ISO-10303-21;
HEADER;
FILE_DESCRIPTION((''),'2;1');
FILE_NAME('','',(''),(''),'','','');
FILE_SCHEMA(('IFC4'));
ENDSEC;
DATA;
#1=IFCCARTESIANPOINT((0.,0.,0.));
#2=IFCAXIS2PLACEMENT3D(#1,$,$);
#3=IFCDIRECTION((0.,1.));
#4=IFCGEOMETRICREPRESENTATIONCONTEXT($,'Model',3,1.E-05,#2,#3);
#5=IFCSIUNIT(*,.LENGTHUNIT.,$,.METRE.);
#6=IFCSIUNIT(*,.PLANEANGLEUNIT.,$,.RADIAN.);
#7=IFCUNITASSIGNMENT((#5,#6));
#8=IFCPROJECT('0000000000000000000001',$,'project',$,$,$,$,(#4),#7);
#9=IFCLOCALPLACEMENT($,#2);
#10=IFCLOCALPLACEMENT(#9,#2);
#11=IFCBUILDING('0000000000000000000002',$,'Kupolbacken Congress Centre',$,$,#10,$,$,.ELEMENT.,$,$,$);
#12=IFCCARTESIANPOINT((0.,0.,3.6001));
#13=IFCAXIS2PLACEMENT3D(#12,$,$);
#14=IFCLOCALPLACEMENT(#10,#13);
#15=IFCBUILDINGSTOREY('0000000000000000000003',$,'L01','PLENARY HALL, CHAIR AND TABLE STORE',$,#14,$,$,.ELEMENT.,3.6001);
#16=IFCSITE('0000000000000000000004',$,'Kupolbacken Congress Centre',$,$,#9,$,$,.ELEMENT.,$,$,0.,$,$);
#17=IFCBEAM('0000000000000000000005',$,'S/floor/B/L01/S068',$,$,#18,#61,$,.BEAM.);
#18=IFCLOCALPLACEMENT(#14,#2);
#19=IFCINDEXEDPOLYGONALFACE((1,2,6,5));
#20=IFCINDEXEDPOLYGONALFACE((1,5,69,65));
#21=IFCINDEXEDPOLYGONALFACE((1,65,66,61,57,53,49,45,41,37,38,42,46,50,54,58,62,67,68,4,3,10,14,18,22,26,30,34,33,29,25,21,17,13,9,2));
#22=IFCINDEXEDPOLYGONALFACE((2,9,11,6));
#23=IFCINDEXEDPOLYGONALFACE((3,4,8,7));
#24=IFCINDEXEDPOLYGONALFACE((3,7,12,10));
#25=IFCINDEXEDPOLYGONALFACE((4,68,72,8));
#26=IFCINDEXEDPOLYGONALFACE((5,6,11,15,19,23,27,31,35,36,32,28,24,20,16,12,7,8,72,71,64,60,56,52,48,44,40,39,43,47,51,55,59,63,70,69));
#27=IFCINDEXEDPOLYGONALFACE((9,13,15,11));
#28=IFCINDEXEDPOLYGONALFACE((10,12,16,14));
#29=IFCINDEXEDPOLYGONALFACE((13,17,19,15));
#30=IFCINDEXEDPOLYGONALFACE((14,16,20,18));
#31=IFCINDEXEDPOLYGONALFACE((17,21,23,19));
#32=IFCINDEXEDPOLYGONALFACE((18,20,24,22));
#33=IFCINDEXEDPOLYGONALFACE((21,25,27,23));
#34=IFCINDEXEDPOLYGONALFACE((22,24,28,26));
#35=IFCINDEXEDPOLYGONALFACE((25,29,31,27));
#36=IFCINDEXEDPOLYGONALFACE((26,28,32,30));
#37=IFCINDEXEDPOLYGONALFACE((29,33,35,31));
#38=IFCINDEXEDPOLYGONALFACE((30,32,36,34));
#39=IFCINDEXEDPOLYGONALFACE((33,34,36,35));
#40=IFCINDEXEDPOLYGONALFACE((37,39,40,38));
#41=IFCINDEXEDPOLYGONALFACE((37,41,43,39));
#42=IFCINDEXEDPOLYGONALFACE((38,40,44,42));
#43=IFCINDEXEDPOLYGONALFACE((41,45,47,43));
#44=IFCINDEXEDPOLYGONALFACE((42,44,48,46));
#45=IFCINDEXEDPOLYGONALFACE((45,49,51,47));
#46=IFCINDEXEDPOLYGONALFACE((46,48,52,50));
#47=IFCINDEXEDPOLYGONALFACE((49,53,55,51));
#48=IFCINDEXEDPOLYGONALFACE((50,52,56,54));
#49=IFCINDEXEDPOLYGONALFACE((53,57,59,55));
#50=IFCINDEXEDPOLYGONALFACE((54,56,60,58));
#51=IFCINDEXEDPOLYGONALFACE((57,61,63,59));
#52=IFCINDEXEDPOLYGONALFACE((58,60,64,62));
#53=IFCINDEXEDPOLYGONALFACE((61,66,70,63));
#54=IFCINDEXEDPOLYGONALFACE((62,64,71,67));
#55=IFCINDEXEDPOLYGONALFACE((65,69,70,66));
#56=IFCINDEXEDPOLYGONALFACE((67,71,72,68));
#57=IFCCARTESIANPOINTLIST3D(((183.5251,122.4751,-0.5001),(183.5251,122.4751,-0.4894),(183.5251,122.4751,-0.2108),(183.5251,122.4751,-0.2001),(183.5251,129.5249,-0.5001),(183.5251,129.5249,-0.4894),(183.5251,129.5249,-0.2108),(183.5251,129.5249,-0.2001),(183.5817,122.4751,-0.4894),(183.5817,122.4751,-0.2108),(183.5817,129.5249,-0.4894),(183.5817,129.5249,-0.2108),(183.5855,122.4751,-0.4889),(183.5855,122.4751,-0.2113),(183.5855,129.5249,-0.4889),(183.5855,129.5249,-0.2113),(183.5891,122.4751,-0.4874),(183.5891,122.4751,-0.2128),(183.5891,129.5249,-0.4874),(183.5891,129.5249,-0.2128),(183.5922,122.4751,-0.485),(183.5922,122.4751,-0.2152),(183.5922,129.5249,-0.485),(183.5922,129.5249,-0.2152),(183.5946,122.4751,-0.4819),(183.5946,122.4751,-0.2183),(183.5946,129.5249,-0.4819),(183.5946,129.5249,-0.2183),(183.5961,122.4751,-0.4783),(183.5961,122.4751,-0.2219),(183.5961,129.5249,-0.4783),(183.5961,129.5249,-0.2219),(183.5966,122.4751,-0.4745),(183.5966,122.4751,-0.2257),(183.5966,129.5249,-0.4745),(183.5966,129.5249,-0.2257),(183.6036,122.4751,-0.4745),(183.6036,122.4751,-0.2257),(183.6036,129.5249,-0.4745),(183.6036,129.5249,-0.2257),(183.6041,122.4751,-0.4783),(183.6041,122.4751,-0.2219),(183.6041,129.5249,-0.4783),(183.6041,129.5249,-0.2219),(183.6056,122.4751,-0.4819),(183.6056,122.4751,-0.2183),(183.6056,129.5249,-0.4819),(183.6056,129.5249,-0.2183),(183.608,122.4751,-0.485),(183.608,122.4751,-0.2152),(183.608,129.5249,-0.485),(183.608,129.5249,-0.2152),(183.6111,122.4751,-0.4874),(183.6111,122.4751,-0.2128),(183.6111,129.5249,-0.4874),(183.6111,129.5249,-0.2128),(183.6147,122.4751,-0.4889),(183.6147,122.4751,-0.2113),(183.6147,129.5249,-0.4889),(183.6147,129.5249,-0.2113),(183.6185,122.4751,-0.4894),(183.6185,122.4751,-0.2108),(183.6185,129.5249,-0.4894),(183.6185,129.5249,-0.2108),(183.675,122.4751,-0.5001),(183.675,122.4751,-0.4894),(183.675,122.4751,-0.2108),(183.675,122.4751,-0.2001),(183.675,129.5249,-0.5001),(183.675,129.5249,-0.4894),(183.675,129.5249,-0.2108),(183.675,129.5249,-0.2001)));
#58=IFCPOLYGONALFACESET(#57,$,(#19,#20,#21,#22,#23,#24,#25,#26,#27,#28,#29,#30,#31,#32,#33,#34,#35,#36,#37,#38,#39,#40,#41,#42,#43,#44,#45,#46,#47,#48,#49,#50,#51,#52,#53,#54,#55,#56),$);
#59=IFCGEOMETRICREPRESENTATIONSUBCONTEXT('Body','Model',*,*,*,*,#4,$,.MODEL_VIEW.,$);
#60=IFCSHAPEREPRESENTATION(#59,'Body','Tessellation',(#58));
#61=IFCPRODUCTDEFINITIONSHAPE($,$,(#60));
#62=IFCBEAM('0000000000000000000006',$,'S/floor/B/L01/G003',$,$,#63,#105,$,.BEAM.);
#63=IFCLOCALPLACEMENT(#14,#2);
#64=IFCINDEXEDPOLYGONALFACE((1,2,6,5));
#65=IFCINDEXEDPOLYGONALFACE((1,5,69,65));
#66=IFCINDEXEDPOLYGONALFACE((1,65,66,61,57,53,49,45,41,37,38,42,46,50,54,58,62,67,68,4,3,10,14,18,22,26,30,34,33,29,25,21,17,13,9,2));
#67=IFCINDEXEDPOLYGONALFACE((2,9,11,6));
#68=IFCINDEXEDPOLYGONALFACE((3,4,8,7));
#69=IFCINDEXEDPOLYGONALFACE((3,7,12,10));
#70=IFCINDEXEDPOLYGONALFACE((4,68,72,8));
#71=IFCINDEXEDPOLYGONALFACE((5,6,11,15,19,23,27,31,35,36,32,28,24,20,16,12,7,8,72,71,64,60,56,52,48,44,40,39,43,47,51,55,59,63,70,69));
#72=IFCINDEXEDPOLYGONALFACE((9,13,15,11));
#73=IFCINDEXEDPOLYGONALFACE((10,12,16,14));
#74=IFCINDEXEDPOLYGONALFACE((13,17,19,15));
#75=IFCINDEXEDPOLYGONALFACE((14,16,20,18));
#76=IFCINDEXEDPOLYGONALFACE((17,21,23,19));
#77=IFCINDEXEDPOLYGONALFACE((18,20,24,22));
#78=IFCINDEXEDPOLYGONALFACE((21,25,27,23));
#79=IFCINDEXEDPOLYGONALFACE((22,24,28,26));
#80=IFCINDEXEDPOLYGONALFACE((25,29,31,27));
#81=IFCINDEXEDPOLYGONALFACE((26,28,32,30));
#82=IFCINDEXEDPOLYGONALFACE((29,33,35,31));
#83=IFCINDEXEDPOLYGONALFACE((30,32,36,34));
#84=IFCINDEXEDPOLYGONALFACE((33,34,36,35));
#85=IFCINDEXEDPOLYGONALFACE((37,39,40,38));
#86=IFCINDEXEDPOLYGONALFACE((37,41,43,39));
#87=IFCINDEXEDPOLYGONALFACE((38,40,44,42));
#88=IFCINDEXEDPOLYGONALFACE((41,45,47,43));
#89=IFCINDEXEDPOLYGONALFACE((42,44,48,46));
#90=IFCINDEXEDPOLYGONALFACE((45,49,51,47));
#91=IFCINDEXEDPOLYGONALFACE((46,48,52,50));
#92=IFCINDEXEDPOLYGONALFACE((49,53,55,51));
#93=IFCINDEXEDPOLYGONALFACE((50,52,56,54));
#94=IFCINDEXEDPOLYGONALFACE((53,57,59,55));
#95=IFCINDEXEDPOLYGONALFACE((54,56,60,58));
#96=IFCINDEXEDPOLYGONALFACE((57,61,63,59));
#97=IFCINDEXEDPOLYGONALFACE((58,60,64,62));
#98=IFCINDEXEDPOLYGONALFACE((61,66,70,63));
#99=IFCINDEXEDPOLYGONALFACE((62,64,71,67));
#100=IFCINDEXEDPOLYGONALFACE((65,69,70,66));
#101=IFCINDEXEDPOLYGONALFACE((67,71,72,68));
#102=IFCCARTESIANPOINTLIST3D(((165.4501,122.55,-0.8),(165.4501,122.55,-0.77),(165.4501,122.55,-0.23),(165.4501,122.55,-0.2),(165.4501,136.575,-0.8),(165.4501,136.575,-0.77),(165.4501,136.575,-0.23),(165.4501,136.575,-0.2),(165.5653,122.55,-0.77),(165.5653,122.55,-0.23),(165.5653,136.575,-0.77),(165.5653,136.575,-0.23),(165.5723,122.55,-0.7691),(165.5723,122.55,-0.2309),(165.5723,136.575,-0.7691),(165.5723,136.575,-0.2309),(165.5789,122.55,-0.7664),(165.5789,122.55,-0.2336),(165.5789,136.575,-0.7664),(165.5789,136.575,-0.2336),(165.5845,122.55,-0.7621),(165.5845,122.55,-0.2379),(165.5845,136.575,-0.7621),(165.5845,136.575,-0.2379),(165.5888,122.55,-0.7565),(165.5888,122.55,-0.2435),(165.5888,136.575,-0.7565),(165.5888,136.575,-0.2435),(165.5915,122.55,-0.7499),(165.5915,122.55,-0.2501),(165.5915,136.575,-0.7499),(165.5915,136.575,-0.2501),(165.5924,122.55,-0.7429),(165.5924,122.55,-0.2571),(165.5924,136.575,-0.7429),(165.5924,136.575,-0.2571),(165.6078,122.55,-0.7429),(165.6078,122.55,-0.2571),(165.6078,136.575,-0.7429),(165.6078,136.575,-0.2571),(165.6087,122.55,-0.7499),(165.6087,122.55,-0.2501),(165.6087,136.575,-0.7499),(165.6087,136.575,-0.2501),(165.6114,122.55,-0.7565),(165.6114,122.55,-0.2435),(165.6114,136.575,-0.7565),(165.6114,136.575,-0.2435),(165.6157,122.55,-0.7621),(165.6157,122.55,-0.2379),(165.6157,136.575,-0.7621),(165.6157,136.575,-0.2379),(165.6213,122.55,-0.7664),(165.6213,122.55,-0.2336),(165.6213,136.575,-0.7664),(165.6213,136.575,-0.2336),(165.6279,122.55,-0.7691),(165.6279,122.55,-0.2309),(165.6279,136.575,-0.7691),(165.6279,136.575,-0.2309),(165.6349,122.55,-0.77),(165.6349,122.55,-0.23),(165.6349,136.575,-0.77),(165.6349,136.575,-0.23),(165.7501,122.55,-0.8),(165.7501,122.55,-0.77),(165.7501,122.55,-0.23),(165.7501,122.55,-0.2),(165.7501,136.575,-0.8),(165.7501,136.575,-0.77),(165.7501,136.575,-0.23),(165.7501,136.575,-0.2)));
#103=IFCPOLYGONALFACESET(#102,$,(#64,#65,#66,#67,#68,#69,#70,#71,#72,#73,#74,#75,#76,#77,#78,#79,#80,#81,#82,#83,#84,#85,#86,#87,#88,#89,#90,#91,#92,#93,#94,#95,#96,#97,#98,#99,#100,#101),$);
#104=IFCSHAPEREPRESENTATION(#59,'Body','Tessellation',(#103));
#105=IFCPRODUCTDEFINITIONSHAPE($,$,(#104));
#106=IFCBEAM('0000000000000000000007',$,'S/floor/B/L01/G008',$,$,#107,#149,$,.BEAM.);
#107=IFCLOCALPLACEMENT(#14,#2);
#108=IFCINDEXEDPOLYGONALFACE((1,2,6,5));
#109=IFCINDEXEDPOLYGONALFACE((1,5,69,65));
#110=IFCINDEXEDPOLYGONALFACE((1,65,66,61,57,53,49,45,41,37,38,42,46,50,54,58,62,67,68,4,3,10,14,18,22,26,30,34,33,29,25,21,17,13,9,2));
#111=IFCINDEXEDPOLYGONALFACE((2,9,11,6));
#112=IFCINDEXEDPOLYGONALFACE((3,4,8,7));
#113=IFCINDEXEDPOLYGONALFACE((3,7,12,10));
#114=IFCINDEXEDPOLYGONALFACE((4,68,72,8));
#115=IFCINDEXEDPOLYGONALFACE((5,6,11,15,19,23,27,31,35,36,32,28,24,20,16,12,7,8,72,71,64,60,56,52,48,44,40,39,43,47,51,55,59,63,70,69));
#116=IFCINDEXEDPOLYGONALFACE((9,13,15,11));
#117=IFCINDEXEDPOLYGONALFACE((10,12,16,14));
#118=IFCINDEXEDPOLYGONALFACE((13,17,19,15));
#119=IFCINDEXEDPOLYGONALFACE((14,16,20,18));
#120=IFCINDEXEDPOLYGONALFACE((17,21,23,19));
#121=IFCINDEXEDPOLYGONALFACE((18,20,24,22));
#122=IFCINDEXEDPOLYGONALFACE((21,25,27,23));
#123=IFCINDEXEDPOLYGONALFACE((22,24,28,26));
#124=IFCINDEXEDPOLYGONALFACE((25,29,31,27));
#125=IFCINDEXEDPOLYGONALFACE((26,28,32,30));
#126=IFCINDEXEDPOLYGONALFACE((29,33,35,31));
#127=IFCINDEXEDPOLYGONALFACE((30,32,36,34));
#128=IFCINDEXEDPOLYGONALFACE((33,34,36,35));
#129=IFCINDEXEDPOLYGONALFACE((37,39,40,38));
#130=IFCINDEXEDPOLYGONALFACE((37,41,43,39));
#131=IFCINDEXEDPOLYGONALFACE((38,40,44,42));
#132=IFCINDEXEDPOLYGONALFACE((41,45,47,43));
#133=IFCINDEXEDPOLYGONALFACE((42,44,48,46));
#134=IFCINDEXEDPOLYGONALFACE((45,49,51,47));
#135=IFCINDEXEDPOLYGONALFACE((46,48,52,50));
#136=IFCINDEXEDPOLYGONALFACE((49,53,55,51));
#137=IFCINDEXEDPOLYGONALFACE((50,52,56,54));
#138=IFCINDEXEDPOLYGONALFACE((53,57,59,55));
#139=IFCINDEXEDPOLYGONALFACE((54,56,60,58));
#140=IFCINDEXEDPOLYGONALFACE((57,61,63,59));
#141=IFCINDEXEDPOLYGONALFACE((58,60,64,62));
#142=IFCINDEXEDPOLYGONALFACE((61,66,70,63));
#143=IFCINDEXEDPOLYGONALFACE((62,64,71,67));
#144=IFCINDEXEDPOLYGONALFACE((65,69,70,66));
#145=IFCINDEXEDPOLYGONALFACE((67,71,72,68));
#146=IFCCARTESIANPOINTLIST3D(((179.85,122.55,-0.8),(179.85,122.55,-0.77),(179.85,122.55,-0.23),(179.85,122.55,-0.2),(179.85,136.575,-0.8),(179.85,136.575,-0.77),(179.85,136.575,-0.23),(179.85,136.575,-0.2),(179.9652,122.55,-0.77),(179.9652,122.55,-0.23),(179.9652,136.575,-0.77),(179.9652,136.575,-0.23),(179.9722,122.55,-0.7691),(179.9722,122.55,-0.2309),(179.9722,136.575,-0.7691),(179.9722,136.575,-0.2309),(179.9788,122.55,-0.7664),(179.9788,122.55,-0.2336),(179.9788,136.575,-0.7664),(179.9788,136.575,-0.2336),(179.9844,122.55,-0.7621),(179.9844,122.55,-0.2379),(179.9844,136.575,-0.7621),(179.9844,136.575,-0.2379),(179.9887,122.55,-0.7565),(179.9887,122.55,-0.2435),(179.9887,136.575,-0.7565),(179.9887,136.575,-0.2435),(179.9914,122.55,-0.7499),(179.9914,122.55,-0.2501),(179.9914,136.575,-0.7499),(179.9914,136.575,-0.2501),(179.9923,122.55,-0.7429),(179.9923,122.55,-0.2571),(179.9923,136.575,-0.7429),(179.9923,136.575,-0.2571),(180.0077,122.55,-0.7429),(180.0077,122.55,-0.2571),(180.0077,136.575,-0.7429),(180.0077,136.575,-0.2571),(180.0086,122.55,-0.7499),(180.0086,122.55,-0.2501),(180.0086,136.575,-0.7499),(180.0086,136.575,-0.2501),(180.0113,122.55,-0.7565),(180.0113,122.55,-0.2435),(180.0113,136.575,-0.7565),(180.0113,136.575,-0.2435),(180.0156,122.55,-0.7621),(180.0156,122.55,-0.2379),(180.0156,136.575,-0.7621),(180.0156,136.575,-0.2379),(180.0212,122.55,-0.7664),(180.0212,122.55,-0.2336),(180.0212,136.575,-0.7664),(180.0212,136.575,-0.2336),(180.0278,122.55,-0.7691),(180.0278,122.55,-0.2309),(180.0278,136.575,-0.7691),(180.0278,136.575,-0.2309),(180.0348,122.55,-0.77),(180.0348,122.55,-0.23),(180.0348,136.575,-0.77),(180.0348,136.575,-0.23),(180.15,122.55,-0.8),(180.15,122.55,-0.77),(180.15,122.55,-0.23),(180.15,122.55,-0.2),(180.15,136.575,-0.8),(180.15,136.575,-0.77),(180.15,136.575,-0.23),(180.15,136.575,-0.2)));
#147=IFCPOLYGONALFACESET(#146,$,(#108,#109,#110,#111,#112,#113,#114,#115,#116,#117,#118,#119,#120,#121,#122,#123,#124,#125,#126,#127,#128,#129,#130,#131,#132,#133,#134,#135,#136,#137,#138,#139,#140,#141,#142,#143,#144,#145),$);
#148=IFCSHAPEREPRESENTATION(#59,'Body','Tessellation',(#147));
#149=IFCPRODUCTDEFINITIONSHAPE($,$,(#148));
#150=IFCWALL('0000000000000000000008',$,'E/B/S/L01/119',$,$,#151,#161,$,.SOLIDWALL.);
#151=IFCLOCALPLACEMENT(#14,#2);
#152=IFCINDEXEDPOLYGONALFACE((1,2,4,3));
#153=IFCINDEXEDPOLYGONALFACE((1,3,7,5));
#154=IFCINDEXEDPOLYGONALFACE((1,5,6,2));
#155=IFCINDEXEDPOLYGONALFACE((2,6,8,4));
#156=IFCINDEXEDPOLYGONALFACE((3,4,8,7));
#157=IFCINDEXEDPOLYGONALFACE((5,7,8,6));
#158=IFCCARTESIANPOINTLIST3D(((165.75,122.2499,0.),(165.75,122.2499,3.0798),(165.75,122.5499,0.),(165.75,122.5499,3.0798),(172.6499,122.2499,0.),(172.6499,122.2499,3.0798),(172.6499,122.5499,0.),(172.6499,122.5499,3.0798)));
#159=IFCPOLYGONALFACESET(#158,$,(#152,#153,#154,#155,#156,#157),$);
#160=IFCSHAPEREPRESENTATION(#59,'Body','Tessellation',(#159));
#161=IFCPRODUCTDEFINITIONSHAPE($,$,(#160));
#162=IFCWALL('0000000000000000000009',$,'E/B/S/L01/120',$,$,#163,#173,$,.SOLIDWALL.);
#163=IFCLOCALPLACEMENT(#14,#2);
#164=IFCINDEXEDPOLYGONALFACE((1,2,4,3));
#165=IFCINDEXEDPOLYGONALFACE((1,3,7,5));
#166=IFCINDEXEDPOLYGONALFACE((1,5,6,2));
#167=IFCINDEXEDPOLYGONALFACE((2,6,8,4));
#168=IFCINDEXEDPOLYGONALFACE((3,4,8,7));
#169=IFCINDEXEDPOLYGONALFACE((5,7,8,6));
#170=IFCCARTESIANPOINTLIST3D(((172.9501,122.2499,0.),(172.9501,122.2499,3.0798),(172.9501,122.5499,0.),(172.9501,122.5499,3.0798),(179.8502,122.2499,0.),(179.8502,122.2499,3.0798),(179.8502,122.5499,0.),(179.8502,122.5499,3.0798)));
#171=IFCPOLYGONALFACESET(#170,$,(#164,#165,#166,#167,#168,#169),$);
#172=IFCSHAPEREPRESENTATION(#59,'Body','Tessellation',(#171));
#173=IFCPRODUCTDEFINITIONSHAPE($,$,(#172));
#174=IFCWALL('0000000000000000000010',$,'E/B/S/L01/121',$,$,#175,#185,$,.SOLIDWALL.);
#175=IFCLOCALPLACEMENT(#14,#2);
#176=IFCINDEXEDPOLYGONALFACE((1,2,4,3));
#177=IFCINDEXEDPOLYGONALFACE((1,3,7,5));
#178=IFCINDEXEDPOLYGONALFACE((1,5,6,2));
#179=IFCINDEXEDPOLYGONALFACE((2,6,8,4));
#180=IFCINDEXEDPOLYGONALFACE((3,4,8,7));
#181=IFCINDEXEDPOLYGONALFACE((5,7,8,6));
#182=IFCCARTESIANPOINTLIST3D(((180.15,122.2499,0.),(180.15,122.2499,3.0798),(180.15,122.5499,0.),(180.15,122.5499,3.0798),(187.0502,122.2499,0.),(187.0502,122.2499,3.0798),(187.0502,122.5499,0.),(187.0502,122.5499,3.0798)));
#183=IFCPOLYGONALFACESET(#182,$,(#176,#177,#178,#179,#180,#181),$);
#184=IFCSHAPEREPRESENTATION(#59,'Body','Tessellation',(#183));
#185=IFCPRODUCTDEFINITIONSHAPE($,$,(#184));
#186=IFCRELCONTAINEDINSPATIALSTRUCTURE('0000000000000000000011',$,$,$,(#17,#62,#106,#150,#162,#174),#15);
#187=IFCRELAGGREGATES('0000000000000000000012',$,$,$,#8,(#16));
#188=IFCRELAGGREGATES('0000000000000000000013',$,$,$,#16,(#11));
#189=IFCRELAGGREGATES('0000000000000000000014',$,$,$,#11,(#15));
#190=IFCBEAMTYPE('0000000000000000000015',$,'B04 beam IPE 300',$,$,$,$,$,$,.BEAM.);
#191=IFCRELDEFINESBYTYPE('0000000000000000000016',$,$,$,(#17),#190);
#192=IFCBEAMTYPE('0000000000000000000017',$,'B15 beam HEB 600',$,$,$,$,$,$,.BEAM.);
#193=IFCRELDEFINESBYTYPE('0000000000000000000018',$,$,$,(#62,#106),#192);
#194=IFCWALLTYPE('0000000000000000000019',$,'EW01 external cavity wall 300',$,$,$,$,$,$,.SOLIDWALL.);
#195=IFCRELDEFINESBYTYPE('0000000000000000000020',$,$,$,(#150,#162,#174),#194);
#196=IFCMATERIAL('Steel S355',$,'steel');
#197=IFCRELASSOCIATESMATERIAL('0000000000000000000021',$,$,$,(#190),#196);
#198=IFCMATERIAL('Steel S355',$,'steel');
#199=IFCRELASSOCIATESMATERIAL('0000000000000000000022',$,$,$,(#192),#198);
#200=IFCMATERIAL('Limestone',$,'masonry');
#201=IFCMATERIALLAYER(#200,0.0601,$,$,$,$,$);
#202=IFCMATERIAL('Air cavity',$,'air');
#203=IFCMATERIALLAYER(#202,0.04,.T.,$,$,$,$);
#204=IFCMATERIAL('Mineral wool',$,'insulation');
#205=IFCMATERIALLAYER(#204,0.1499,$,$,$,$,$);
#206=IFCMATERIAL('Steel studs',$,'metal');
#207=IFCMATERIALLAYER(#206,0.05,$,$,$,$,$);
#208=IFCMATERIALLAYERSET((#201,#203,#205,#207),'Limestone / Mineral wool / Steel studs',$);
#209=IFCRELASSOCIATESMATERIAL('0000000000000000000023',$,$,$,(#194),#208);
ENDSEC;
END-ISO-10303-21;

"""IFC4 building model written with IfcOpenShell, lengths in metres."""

from ifc_helpers import new_model, si_unit, direction, frame, frame_2d, origin, origin_2d, place, context, subcontext, project, spatial, rectangle, i_section, extrude, material, layer, layer_set, material_profile, profile_set, type_object, element, save


model = new_model("IFC4")

# Units and contexts
model_context = context("Model", 3, precision=1e-05, world=origin(), true_north=direction((0.0, 1.0)))
body_context = subcontext(model_context, "Body", "Model", "MODEL_VIEW")
ifc_project = project(units=[si_unit("LENGTHUNIT", "METRE"), si_unit("PLANEANGLEUNIT", "RADIAN")], contexts=[model_context])

# Site, building, storey
site_placement = place(None, origin())
site = spatial("IfcSite", under=ifc_project, at=site_placement, Name="Kupolbacken Congress Centre", CompositionType="ELEMENT", RefElevation=0.0)
building_placement = place(site_placement, origin())
building = spatial("IfcBuilding", under=site, at=building_placement, Name="Kupolbacken Congress Centre", CompositionType="ELEMENT")
storey_placement = place(building_placement, frame((0.0, 0.0, 3.6001)))
storey = spatial("IfcBuildingStorey", under=building, at=storey_placement, Name="L01", Description="PLENARY HALL, CHAIR AND TABLE STORE", CompositionType="ELEMENT", Elevation=3.6001)

# Beams
ifc_material_1 = material(Name="Steel S355", Category="steel")
ifc_material_profile_1 = material_profile(ifc_material_1, i_section(OverallWidth=0.1499, OverallDepth=0.3, WebThickness=0.0071, FlangeThickness=0.0107, FilletRadius=0.0149, at=origin_2d()), Name="IPE 300")
ifc_profile_set_1 = profile_set([ifc_material_profile_1], Name="Steel S355")
beam_type_1 = type_object("IfcBeamType", Name="B04 beam IPE 300", PredefinedType="BEAM", material=ifc_profile_set_1)
for number, where, z_axis, x_axis, name in (
    (1, (183.6001, 122.4751, -0.3501), (0.0, 1.0, 0.0), (-1.0, 0.0, 0.0), "S/floor/B/L01/S068"),
):
    element("IfcBeam", number, at=place(storey_placement, frame(where, z_axis=z_axis, x_axis=x_axis)), inside=storey, type_object=beam_type_1, Name=name, PredefinedType="BEAM", context=body_context, shape_type="SweptSolid", body=[
        extrude(i_section(OverallWidth=0.1499, OverallDepth=0.3, WebThickness=0.0071, FlangeThickness=0.0107, FilletRadius=0.0149, at=origin_2d()), origin(), (0.0, 0.0, 1.0), 7.0498),
    ])
ifc_material_2 = material(Name="Steel S355", Category="steel")
ifc_material_profile_2 = material_profile(ifc_material_2, i_section(OverallWidth=0.3, OverallDepth=0.6001, WebThickness=0.0154, FlangeThickness=0.03, FilletRadius=0.0271, at=origin_2d()), Name="HEB 600")
ifc_profile_set_2 = profile_set([ifc_material_profile_2], Name="Steel S355")
beam_type_2 = type_object("IfcBeamType", Name="B15 beam HEB 600", PredefinedType="BEAM", material=ifc_profile_set_2)
for number, where, z_axis, x_axis, name in (
    (2, (165.6001, 122.55, -0.5), (0.0, 1.0, 0.0), (-1.0, 0.0, 0.0), "S/floor/B/L01/G003"),
    (3, (180.0, 122.55, -0.5), (0.0, 1.0, 0.0), (-1.0, 0.0, 0.0), "S/floor/B/L01/G008"),
):
    element("IfcBeam", number, at=place(storey_placement, frame(where, z_axis=z_axis, x_axis=x_axis)), inside=storey, type_object=beam_type_2, Name=name, PredefinedType="BEAM", context=body_context, shape_type="SweptSolid", body=[
        extrude(i_section(OverallWidth=0.3, OverallDepth=0.6001, WebThickness=0.0154, FlangeThickness=0.03, FilletRadius=0.0271, at=origin_2d()), origin(), (0.0, 0.0, 1.0), 14.0249),
    ])

# Walls
ifc_material_3 = material(Name="Limestone", Category="masonry")
ifc_layer_1 = layer(ifc_material_3, 0.0601)
ifc_material_4 = material(Name="Air cavity", Category="air")
ifc_layer_2 = layer(ifc_material_4, 0.04, ventilated=True)
ifc_material_5 = material(Name="Mineral wool", Category="insulation")
ifc_layer_3 = layer(ifc_material_5, 0.1499)
ifc_material_6 = material(Name="Steel studs", Category="metal")
ifc_layer_4 = layer(ifc_material_6, 0.05)
ifc_layer_set_1 = layer_set([ifc_layer_1, ifc_layer_2, ifc_layer_3, ifc_layer_4], Name="Limestone / Mineral wool / Steel studs")
wall_type_1 = type_object("IfcWallType", Name="EW01 external cavity wall 300", PredefinedType="SOLIDWALL", material=ifc_layer_set_1)
wall_1_placement = place(storey_placement, frame((165.75, 122.3999, 0.0), z_axis=(0.0, 0.0, 1.0), x_axis=(1.0, 0.0, 0.0)))
element("IfcWall", 4, at=wall_1_placement, inside=storey, type_object=wall_type_1, Name="E/B/S/L01/119", PredefinedType="SOLIDWALL", context=body_context, shape_type="SweptSolid", body=[
    extrude(rectangle(XDim=6.8999, YDim=0.3, at=frame_2d((3.45, 0.0))), origin(), (0.0, 0.0, 1.0), 3.0798),
])
for number, where, z_axis, x_axis, name in (
    (5, (172.95, 122.3999, 0.0), (0.0, 0.0, 1.0), (1.0, 0.0, 0.0), "E/B/S/L01/120"),
    (6, (180.1499, 122.3999, 0.0), (0.0, 0.0, 1.0), (1.0, 0.0, 0.0), "E/B/S/L01/121"),
):
    element("IfcWall", number, at=place(storey_placement, frame(where, z_axis=z_axis, x_axis=x_axis)), inside=storey, type_object=wall_type_1, Name=name, PredefinedType="SOLIDWALL", context=body_context, shape_type="SweptSolid", body=[
        extrude(rectangle(XDim=6.9001, YDim=0.3, at=frame_2d((3.4502, 0.0))), origin(), (0.0, 0.0, 1.0), 3.0798),
    ])

save(model, "model.ifc")
